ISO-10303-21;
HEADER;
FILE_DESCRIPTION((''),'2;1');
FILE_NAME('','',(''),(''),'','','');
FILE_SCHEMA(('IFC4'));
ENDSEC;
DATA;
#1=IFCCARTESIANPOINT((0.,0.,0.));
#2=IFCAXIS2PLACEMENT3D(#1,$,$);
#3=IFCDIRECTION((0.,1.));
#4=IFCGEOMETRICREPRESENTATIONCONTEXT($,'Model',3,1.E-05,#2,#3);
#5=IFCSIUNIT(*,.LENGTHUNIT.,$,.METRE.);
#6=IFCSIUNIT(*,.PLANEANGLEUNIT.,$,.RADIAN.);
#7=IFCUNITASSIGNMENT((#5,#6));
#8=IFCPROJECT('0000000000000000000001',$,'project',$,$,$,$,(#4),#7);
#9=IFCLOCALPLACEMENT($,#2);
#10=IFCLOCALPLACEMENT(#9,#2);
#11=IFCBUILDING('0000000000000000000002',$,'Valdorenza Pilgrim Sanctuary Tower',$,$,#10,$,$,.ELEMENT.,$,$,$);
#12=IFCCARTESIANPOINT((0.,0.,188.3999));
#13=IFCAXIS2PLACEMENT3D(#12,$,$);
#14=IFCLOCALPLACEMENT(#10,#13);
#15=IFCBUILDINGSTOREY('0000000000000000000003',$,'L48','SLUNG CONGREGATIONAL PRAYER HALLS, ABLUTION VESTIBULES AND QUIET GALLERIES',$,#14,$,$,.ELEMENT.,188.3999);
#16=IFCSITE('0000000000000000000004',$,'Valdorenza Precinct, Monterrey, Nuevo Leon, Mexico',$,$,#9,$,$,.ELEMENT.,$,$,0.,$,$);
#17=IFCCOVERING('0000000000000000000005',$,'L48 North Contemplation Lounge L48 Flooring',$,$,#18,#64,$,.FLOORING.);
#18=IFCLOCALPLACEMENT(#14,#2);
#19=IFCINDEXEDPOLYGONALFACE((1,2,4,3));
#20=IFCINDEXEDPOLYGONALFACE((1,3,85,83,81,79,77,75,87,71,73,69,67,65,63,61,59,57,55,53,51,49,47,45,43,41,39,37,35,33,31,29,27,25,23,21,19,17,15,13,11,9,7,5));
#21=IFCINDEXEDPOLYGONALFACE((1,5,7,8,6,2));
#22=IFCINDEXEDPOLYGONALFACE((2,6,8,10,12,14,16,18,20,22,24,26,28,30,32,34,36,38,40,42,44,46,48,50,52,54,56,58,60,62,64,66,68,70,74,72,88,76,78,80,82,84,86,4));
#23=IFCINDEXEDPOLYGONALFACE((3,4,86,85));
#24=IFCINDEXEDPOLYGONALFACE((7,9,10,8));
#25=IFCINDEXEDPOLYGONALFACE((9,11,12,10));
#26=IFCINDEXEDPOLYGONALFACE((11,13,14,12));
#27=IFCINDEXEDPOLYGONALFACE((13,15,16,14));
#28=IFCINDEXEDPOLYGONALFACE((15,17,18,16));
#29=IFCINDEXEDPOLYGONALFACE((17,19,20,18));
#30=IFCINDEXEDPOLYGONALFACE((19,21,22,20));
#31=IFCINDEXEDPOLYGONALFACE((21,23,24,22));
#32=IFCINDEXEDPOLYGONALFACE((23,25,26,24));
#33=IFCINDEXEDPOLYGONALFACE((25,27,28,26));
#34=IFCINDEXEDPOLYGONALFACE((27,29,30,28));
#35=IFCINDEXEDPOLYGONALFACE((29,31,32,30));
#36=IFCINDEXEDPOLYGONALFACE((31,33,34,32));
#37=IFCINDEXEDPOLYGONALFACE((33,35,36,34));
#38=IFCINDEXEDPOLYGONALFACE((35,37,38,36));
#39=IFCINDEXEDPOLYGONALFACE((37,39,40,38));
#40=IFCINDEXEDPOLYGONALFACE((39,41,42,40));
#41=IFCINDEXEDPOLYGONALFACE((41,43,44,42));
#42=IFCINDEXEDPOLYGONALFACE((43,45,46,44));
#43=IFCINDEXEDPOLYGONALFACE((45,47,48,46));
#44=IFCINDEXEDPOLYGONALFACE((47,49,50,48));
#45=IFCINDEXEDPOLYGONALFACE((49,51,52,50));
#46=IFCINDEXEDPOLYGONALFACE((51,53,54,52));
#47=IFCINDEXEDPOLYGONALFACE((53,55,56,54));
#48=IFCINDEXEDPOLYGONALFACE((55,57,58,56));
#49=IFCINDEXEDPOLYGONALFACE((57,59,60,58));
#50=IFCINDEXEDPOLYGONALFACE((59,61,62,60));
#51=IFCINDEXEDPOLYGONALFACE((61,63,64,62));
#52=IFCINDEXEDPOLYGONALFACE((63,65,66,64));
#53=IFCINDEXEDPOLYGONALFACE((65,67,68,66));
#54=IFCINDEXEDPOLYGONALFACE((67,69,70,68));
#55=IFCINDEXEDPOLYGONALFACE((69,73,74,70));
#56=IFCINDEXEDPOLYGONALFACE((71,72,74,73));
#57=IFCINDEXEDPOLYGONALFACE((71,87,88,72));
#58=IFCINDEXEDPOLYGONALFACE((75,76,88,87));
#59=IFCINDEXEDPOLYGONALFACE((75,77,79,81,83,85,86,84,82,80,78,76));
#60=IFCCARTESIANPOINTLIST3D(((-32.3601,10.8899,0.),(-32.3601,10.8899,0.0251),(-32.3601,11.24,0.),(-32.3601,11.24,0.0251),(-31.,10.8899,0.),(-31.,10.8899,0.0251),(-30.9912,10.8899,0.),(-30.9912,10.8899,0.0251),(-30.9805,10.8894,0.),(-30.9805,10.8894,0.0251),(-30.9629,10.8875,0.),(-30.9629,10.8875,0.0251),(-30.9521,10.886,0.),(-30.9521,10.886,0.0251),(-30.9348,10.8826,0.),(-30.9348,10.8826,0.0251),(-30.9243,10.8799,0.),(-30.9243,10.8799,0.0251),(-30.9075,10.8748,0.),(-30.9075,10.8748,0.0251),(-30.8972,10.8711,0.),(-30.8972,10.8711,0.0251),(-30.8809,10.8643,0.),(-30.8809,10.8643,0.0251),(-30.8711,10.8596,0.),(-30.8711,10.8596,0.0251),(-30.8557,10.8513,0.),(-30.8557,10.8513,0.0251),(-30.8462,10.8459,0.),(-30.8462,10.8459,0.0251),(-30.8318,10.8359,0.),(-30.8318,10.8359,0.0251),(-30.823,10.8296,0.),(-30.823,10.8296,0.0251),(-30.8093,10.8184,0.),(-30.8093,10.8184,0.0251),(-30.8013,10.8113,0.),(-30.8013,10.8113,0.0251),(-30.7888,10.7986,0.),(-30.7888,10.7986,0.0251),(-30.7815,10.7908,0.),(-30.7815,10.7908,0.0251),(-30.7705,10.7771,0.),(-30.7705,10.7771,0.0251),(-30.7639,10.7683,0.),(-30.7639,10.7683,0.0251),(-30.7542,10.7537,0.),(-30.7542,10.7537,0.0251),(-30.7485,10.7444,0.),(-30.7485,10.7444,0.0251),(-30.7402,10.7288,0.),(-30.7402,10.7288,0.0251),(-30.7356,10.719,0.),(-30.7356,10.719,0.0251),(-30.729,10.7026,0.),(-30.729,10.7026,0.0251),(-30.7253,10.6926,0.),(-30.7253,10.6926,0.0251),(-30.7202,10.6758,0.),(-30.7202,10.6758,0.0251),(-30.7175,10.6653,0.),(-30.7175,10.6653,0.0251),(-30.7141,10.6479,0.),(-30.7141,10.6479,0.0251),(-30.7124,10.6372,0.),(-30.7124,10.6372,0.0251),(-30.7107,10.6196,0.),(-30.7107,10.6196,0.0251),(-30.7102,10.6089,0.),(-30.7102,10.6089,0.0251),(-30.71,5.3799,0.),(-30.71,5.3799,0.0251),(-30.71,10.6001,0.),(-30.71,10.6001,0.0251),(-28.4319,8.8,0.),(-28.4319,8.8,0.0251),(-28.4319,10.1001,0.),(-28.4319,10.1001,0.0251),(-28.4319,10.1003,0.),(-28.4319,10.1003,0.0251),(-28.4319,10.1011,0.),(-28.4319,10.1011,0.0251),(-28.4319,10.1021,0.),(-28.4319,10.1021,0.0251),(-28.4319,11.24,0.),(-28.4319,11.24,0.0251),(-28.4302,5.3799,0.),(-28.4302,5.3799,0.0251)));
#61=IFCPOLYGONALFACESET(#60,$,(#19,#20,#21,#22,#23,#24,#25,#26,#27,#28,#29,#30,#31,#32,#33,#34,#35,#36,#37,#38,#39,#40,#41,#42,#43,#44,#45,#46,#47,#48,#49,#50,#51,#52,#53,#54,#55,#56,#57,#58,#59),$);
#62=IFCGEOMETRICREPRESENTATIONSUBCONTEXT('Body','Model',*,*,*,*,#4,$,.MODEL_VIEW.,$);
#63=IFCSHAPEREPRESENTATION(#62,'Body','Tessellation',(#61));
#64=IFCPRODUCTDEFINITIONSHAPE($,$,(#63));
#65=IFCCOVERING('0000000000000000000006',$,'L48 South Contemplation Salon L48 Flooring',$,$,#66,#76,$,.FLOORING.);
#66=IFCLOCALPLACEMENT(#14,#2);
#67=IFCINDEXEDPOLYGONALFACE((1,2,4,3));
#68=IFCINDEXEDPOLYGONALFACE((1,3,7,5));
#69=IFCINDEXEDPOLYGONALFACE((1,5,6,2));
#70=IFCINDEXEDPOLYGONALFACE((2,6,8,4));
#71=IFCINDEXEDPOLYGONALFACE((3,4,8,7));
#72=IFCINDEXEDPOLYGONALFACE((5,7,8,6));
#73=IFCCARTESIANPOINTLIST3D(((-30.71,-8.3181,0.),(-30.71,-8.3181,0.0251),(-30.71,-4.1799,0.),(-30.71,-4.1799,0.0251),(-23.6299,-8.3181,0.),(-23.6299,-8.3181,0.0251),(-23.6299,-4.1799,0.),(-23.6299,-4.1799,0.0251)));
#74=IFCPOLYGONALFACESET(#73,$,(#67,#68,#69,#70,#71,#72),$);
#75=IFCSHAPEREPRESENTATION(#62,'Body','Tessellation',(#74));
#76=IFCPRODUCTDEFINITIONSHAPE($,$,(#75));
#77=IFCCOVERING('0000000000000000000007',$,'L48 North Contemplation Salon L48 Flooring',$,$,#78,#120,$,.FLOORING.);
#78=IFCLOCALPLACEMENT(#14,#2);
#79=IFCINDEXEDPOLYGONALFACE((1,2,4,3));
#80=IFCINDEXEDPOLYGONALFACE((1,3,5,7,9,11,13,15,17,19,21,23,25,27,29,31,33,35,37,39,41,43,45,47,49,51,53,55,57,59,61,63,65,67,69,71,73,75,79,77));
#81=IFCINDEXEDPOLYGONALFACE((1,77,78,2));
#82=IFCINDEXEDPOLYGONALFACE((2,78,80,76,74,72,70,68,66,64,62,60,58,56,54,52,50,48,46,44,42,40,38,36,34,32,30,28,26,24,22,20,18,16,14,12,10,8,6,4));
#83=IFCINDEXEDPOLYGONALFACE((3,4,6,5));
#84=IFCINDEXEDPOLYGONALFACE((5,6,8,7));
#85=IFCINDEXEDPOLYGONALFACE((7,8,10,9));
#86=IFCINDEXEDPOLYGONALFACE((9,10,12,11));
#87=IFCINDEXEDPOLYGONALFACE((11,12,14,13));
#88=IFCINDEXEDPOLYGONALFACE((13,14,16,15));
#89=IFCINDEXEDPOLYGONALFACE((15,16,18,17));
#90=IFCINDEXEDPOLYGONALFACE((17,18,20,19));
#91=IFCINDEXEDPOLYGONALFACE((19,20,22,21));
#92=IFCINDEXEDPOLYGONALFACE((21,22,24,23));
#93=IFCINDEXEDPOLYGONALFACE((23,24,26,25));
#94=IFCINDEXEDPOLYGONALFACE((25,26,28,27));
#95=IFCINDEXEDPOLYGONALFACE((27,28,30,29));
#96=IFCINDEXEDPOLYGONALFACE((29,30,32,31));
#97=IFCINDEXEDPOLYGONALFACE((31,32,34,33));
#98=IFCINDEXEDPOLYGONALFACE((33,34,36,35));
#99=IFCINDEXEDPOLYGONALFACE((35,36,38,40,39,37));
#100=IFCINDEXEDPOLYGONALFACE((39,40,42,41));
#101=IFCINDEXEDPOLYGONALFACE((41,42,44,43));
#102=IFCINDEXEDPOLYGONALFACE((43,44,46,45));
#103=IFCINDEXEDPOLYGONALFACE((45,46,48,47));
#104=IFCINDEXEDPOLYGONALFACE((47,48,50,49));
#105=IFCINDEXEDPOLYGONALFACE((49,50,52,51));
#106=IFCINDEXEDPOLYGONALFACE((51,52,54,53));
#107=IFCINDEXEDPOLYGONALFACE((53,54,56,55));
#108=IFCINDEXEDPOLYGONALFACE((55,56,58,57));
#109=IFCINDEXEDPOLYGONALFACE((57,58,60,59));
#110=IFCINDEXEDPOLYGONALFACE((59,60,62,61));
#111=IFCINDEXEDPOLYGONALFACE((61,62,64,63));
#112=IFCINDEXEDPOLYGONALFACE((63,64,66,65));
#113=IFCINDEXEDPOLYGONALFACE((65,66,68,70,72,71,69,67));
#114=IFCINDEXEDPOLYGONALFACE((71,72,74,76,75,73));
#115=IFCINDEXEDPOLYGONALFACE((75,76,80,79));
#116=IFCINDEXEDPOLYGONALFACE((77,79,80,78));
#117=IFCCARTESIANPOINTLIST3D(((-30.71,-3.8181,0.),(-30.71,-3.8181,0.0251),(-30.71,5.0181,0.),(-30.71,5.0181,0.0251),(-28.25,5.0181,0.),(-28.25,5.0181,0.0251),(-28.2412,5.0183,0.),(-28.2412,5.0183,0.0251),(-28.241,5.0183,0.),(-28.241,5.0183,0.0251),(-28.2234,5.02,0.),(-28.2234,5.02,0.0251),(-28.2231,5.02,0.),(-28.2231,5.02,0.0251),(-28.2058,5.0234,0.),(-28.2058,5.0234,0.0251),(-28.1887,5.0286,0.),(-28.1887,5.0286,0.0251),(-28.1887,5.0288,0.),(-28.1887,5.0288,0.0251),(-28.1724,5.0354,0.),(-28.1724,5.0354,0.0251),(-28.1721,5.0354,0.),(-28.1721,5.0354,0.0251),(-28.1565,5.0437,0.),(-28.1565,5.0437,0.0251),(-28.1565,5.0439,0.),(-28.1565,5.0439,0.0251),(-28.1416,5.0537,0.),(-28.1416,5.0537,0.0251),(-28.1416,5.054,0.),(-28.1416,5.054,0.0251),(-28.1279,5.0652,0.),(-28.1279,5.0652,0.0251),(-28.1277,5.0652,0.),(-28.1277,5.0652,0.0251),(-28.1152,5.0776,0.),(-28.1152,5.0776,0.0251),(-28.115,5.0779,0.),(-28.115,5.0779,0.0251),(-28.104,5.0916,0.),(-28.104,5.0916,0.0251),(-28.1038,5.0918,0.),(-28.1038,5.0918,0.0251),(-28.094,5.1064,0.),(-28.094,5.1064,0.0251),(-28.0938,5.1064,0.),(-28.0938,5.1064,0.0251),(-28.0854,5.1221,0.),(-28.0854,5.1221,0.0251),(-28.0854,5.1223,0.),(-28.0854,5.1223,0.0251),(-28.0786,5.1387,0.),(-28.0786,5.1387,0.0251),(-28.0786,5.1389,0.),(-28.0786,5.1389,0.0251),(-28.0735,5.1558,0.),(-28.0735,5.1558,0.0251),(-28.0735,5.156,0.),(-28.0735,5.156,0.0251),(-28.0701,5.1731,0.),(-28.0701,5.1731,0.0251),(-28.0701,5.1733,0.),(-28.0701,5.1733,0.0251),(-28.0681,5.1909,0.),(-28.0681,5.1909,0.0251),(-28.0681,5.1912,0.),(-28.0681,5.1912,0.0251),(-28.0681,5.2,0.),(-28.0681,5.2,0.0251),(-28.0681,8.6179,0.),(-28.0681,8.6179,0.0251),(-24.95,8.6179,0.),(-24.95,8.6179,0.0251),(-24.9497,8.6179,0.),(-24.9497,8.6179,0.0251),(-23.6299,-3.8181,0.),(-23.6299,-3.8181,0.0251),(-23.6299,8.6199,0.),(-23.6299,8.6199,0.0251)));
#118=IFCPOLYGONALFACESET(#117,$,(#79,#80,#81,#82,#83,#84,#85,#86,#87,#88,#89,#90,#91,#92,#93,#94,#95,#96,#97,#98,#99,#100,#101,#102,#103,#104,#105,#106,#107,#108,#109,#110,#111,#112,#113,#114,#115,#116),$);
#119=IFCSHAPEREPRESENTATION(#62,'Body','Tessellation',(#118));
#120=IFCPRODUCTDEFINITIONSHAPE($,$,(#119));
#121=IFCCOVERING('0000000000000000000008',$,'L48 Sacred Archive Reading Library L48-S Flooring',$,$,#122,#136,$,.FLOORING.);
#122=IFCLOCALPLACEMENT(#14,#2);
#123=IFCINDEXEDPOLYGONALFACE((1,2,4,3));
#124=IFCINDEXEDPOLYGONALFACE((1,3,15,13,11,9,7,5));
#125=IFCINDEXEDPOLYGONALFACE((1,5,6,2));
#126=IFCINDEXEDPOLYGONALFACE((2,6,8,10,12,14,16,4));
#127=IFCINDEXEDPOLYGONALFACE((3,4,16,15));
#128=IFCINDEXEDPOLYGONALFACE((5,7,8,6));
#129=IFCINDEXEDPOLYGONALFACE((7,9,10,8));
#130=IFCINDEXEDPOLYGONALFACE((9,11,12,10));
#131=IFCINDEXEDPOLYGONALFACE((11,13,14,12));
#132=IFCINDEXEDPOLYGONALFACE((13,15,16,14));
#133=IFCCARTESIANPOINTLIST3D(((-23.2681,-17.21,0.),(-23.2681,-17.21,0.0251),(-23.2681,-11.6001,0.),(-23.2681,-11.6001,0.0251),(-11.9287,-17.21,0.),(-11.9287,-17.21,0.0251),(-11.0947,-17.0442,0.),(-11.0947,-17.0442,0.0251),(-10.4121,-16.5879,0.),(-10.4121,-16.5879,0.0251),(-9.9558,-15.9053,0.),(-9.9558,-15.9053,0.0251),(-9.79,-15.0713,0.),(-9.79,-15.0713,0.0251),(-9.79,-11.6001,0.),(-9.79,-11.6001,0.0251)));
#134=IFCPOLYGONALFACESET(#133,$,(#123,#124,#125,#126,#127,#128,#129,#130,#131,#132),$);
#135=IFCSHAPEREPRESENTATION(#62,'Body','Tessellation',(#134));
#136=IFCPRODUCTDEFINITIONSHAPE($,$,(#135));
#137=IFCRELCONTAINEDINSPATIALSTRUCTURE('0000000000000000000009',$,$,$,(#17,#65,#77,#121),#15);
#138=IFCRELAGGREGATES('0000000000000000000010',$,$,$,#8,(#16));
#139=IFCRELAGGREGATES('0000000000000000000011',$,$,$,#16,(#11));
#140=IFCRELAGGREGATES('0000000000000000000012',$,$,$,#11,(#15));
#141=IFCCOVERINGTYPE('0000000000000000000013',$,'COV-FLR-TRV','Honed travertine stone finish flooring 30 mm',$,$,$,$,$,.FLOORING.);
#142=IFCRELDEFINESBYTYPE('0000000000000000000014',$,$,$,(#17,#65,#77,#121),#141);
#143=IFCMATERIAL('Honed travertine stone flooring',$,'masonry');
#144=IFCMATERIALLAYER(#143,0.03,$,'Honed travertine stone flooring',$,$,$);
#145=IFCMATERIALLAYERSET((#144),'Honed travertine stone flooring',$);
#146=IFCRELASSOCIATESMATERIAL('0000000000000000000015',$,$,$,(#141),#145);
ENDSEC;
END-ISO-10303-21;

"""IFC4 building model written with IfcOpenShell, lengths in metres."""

from ifc_helpers import new_model, si_unit, direction, frame, origin, place, context, subcontext, project, spatial, polyline, outline, extrude, material, layer, layer_set, type_object, element, save


model = new_model("IFC4")

# Units and contexts
model_context = context("Model", 3, precision=1e-05, world=origin(), true_north=direction((0.0, 1.0)))
body_context = subcontext(model_context, "Body", "Model", "MODEL_VIEW")
ifc_project = project(units=[si_unit("LENGTHUNIT", "METRE"), si_unit("PLANEANGLEUNIT", "RADIAN")], contexts=[model_context])

# Site, building, storey
site_placement = place(None, origin())
site = spatial("IfcSite", under=ifc_project, at=site_placement, Name="Valdorenza Precinct, Monterrey, Nuevo Leon, Mexico", CompositionType="ELEMENT", RefElevation=0.0)
building_placement = place(site_placement, origin())
building = spatial("IfcBuilding", under=site, at=building_placement, Name="Valdorenza Pilgrim Sanctuary Tower", CompositionType="ELEMENT")
storey_placement = place(building_placement, frame((0.0, 0.0, 188.3999)))
storey = spatial("IfcBuildingStorey", under=building, at=storey_placement, Name="L48", Description="SLUNG CONGREGATIONAL PRAYER HALLS, ABLUTION VESTIBULES AND QUIET GALLERIES", CompositionType="ELEMENT", Elevation=188.3999)

# Coverings
ifc_material_1 = material(Name="Honed travertine stone flooring", Category="masonry")
ifc_layer_1 = layer(ifc_material_1, 0.03, Name="Honed travertine stone flooring")
ifc_layer_set_1 = layer_set([ifc_layer_1], Name="Honed travertine stone flooring")
covering_type_1 = type_object("IfcCoveringType", Name="COV-FLR-TRV", Description="Honed travertine stone finish flooring 30 mm", PredefinedType="FLOORING", material=ifc_layer_set_1)
covering_1_placement = place(storey_placement, origin())
element("IfcCovering", 1, at=covering_1_placement, inside=storey, type_object=covering_type_1, Name="L48 North Contemplation Lounge L48 Flooring", PredefinedType="FLOORING", context=body_context, shape_type="SweptSolid", body=[
    extrude(outline(polyline([(-28.4319, 11.24), (-28.4319, 10.1021), (-28.4319, 10.1011), (-28.4319, 10.1003), (-28.4319, 10.1001), (-28.4319, 8.8), (-28.4302, 5.3799), (-30.71, 5.3799), (-30.71, 10.6001), (-30.7102, 10.6089), (-30.7107, 10.6196), (-30.7124, 10.6372), (-30.7141, 10.6479), (-30.7175, 10.6653), (-30.7202, 10.6758), (-30.7253, 10.6926), (-30.729, 10.7026), (-30.7356, 10.719), (-30.7402, 10.7288), (-30.7485, 10.7444), (-30.7542, 10.7537), (-30.7639, 10.7683), (-30.7705, 10.7771), (-30.7815, 10.7908), (-30.7888, 10.7986), (-30.8013, 10.8113), (-30.8093, 10.8184), (-30.823, 10.8296), (-30.8318, 10.8359), (-30.8462, 10.8459), (-30.8557, 10.8513), (-30.8711, 10.8596), (-30.8809, 10.8643), (-30.8972, 10.8711), (-30.9075, 10.8748), (-30.9243, 10.8799), (-30.9348, 10.8826), (-30.9521, 10.886), (-30.9629, 10.8875), (-30.9805, 10.8894), (-30.9912, 10.8899), (-31.0, 10.8899), (-32.3601, 10.8899), (-32.3601, 11.24), (-28.4319, 11.24)])), origin(), (0.0, 0.0, 1.0), 0.0251),
])
covering_2_placement = place(storey_placement, origin())
element("IfcCovering", 2, at=covering_2_placement, inside=storey, type_object=covering_type_1, Name="L48 South Contemplation Salon L48 Flooring", PredefinedType="FLOORING", context=body_context, shape_type="SweptSolid", body=[
    extrude(outline(polyline([(-23.6299, -8.3181), (-30.71, -8.3181), (-30.71, -4.1799), (-23.6299, -4.1799), (-23.6299, -8.3181)])), origin(), (0.0, 0.0, 1.0), 0.0251),
])
covering_3_placement = place(storey_placement, origin())
element("IfcCovering", 3, at=covering_3_placement, inside=storey, type_object=covering_type_1, Name="L48 North Contemplation Salon L48 Flooring", PredefinedType="FLOORING", context=body_context, shape_type="SweptSolid", body=[
    extrude(outline(polyline([(-23.6299, 8.6199), (-23.6299, -3.8181), (-30.71, -3.8181), (-30.71, 5.0181), (-28.25, 5.0181), (-28.2412, 5.0183), (-28.241, 5.0183), (-28.2234, 5.02), (-28.2231, 5.02), (-28.2058, 5.0234), (-28.2058, 5.0234), (-28.1887, 5.0286), (-28.1887, 5.0288), (-28.1724, 5.0354), (-28.1721, 5.0354), (-28.1565, 5.0437), (-28.1565, 5.0439), (-28.1416, 5.0537), (-28.1416, 5.054), (-28.1279, 5.0652), (-28.1277, 5.0652), (-28.1152, 5.0776), (-28.115, 5.0779), (-28.104, 5.0916), (-28.1038, 5.0918), (-28.094, 5.1064), (-28.0938, 5.1064), (-28.0854, 5.1221), (-28.0854, 5.1223), (-28.0786, 5.1387), (-28.0786, 5.1389), (-28.0735, 5.1558), (-28.0735, 5.156), (-28.0701, 5.1731), (-28.0701, 5.1733), (-28.0681, 5.1909), (-28.0681, 5.1912), (-28.0681, 5.2), (-28.0681, 8.6179), (-24.95, 8.6179), (-24.9497, 8.6179), (-23.6299, 8.6199)])), origin(), (0.0, 0.0, 1.0), 0.0251),
])
covering_4_placement = place(storey_placement, origin())
element("IfcCovering", 4, at=covering_4_placement, inside=storey, type_object=covering_type_1, Name="L48 Sacred Archive Reading Library L48-S Flooring", PredefinedType="FLOORING", context=body_context, shape_type="SweptSolid", body=[
    extrude(outline(polyline([(-9.79, -11.6001), (-9.79, -15.0713), (-9.9558, -15.9053), (-10.4121, -16.5879), (-11.0947, -17.0442), (-11.9287, -17.21), (-23.2681, -17.21), (-23.2681, -11.6001), (-9.79, -11.6001)])), origin(), (0.0, 0.0, 1.0), 0.0251),
])

save(model, "model.ifc")
